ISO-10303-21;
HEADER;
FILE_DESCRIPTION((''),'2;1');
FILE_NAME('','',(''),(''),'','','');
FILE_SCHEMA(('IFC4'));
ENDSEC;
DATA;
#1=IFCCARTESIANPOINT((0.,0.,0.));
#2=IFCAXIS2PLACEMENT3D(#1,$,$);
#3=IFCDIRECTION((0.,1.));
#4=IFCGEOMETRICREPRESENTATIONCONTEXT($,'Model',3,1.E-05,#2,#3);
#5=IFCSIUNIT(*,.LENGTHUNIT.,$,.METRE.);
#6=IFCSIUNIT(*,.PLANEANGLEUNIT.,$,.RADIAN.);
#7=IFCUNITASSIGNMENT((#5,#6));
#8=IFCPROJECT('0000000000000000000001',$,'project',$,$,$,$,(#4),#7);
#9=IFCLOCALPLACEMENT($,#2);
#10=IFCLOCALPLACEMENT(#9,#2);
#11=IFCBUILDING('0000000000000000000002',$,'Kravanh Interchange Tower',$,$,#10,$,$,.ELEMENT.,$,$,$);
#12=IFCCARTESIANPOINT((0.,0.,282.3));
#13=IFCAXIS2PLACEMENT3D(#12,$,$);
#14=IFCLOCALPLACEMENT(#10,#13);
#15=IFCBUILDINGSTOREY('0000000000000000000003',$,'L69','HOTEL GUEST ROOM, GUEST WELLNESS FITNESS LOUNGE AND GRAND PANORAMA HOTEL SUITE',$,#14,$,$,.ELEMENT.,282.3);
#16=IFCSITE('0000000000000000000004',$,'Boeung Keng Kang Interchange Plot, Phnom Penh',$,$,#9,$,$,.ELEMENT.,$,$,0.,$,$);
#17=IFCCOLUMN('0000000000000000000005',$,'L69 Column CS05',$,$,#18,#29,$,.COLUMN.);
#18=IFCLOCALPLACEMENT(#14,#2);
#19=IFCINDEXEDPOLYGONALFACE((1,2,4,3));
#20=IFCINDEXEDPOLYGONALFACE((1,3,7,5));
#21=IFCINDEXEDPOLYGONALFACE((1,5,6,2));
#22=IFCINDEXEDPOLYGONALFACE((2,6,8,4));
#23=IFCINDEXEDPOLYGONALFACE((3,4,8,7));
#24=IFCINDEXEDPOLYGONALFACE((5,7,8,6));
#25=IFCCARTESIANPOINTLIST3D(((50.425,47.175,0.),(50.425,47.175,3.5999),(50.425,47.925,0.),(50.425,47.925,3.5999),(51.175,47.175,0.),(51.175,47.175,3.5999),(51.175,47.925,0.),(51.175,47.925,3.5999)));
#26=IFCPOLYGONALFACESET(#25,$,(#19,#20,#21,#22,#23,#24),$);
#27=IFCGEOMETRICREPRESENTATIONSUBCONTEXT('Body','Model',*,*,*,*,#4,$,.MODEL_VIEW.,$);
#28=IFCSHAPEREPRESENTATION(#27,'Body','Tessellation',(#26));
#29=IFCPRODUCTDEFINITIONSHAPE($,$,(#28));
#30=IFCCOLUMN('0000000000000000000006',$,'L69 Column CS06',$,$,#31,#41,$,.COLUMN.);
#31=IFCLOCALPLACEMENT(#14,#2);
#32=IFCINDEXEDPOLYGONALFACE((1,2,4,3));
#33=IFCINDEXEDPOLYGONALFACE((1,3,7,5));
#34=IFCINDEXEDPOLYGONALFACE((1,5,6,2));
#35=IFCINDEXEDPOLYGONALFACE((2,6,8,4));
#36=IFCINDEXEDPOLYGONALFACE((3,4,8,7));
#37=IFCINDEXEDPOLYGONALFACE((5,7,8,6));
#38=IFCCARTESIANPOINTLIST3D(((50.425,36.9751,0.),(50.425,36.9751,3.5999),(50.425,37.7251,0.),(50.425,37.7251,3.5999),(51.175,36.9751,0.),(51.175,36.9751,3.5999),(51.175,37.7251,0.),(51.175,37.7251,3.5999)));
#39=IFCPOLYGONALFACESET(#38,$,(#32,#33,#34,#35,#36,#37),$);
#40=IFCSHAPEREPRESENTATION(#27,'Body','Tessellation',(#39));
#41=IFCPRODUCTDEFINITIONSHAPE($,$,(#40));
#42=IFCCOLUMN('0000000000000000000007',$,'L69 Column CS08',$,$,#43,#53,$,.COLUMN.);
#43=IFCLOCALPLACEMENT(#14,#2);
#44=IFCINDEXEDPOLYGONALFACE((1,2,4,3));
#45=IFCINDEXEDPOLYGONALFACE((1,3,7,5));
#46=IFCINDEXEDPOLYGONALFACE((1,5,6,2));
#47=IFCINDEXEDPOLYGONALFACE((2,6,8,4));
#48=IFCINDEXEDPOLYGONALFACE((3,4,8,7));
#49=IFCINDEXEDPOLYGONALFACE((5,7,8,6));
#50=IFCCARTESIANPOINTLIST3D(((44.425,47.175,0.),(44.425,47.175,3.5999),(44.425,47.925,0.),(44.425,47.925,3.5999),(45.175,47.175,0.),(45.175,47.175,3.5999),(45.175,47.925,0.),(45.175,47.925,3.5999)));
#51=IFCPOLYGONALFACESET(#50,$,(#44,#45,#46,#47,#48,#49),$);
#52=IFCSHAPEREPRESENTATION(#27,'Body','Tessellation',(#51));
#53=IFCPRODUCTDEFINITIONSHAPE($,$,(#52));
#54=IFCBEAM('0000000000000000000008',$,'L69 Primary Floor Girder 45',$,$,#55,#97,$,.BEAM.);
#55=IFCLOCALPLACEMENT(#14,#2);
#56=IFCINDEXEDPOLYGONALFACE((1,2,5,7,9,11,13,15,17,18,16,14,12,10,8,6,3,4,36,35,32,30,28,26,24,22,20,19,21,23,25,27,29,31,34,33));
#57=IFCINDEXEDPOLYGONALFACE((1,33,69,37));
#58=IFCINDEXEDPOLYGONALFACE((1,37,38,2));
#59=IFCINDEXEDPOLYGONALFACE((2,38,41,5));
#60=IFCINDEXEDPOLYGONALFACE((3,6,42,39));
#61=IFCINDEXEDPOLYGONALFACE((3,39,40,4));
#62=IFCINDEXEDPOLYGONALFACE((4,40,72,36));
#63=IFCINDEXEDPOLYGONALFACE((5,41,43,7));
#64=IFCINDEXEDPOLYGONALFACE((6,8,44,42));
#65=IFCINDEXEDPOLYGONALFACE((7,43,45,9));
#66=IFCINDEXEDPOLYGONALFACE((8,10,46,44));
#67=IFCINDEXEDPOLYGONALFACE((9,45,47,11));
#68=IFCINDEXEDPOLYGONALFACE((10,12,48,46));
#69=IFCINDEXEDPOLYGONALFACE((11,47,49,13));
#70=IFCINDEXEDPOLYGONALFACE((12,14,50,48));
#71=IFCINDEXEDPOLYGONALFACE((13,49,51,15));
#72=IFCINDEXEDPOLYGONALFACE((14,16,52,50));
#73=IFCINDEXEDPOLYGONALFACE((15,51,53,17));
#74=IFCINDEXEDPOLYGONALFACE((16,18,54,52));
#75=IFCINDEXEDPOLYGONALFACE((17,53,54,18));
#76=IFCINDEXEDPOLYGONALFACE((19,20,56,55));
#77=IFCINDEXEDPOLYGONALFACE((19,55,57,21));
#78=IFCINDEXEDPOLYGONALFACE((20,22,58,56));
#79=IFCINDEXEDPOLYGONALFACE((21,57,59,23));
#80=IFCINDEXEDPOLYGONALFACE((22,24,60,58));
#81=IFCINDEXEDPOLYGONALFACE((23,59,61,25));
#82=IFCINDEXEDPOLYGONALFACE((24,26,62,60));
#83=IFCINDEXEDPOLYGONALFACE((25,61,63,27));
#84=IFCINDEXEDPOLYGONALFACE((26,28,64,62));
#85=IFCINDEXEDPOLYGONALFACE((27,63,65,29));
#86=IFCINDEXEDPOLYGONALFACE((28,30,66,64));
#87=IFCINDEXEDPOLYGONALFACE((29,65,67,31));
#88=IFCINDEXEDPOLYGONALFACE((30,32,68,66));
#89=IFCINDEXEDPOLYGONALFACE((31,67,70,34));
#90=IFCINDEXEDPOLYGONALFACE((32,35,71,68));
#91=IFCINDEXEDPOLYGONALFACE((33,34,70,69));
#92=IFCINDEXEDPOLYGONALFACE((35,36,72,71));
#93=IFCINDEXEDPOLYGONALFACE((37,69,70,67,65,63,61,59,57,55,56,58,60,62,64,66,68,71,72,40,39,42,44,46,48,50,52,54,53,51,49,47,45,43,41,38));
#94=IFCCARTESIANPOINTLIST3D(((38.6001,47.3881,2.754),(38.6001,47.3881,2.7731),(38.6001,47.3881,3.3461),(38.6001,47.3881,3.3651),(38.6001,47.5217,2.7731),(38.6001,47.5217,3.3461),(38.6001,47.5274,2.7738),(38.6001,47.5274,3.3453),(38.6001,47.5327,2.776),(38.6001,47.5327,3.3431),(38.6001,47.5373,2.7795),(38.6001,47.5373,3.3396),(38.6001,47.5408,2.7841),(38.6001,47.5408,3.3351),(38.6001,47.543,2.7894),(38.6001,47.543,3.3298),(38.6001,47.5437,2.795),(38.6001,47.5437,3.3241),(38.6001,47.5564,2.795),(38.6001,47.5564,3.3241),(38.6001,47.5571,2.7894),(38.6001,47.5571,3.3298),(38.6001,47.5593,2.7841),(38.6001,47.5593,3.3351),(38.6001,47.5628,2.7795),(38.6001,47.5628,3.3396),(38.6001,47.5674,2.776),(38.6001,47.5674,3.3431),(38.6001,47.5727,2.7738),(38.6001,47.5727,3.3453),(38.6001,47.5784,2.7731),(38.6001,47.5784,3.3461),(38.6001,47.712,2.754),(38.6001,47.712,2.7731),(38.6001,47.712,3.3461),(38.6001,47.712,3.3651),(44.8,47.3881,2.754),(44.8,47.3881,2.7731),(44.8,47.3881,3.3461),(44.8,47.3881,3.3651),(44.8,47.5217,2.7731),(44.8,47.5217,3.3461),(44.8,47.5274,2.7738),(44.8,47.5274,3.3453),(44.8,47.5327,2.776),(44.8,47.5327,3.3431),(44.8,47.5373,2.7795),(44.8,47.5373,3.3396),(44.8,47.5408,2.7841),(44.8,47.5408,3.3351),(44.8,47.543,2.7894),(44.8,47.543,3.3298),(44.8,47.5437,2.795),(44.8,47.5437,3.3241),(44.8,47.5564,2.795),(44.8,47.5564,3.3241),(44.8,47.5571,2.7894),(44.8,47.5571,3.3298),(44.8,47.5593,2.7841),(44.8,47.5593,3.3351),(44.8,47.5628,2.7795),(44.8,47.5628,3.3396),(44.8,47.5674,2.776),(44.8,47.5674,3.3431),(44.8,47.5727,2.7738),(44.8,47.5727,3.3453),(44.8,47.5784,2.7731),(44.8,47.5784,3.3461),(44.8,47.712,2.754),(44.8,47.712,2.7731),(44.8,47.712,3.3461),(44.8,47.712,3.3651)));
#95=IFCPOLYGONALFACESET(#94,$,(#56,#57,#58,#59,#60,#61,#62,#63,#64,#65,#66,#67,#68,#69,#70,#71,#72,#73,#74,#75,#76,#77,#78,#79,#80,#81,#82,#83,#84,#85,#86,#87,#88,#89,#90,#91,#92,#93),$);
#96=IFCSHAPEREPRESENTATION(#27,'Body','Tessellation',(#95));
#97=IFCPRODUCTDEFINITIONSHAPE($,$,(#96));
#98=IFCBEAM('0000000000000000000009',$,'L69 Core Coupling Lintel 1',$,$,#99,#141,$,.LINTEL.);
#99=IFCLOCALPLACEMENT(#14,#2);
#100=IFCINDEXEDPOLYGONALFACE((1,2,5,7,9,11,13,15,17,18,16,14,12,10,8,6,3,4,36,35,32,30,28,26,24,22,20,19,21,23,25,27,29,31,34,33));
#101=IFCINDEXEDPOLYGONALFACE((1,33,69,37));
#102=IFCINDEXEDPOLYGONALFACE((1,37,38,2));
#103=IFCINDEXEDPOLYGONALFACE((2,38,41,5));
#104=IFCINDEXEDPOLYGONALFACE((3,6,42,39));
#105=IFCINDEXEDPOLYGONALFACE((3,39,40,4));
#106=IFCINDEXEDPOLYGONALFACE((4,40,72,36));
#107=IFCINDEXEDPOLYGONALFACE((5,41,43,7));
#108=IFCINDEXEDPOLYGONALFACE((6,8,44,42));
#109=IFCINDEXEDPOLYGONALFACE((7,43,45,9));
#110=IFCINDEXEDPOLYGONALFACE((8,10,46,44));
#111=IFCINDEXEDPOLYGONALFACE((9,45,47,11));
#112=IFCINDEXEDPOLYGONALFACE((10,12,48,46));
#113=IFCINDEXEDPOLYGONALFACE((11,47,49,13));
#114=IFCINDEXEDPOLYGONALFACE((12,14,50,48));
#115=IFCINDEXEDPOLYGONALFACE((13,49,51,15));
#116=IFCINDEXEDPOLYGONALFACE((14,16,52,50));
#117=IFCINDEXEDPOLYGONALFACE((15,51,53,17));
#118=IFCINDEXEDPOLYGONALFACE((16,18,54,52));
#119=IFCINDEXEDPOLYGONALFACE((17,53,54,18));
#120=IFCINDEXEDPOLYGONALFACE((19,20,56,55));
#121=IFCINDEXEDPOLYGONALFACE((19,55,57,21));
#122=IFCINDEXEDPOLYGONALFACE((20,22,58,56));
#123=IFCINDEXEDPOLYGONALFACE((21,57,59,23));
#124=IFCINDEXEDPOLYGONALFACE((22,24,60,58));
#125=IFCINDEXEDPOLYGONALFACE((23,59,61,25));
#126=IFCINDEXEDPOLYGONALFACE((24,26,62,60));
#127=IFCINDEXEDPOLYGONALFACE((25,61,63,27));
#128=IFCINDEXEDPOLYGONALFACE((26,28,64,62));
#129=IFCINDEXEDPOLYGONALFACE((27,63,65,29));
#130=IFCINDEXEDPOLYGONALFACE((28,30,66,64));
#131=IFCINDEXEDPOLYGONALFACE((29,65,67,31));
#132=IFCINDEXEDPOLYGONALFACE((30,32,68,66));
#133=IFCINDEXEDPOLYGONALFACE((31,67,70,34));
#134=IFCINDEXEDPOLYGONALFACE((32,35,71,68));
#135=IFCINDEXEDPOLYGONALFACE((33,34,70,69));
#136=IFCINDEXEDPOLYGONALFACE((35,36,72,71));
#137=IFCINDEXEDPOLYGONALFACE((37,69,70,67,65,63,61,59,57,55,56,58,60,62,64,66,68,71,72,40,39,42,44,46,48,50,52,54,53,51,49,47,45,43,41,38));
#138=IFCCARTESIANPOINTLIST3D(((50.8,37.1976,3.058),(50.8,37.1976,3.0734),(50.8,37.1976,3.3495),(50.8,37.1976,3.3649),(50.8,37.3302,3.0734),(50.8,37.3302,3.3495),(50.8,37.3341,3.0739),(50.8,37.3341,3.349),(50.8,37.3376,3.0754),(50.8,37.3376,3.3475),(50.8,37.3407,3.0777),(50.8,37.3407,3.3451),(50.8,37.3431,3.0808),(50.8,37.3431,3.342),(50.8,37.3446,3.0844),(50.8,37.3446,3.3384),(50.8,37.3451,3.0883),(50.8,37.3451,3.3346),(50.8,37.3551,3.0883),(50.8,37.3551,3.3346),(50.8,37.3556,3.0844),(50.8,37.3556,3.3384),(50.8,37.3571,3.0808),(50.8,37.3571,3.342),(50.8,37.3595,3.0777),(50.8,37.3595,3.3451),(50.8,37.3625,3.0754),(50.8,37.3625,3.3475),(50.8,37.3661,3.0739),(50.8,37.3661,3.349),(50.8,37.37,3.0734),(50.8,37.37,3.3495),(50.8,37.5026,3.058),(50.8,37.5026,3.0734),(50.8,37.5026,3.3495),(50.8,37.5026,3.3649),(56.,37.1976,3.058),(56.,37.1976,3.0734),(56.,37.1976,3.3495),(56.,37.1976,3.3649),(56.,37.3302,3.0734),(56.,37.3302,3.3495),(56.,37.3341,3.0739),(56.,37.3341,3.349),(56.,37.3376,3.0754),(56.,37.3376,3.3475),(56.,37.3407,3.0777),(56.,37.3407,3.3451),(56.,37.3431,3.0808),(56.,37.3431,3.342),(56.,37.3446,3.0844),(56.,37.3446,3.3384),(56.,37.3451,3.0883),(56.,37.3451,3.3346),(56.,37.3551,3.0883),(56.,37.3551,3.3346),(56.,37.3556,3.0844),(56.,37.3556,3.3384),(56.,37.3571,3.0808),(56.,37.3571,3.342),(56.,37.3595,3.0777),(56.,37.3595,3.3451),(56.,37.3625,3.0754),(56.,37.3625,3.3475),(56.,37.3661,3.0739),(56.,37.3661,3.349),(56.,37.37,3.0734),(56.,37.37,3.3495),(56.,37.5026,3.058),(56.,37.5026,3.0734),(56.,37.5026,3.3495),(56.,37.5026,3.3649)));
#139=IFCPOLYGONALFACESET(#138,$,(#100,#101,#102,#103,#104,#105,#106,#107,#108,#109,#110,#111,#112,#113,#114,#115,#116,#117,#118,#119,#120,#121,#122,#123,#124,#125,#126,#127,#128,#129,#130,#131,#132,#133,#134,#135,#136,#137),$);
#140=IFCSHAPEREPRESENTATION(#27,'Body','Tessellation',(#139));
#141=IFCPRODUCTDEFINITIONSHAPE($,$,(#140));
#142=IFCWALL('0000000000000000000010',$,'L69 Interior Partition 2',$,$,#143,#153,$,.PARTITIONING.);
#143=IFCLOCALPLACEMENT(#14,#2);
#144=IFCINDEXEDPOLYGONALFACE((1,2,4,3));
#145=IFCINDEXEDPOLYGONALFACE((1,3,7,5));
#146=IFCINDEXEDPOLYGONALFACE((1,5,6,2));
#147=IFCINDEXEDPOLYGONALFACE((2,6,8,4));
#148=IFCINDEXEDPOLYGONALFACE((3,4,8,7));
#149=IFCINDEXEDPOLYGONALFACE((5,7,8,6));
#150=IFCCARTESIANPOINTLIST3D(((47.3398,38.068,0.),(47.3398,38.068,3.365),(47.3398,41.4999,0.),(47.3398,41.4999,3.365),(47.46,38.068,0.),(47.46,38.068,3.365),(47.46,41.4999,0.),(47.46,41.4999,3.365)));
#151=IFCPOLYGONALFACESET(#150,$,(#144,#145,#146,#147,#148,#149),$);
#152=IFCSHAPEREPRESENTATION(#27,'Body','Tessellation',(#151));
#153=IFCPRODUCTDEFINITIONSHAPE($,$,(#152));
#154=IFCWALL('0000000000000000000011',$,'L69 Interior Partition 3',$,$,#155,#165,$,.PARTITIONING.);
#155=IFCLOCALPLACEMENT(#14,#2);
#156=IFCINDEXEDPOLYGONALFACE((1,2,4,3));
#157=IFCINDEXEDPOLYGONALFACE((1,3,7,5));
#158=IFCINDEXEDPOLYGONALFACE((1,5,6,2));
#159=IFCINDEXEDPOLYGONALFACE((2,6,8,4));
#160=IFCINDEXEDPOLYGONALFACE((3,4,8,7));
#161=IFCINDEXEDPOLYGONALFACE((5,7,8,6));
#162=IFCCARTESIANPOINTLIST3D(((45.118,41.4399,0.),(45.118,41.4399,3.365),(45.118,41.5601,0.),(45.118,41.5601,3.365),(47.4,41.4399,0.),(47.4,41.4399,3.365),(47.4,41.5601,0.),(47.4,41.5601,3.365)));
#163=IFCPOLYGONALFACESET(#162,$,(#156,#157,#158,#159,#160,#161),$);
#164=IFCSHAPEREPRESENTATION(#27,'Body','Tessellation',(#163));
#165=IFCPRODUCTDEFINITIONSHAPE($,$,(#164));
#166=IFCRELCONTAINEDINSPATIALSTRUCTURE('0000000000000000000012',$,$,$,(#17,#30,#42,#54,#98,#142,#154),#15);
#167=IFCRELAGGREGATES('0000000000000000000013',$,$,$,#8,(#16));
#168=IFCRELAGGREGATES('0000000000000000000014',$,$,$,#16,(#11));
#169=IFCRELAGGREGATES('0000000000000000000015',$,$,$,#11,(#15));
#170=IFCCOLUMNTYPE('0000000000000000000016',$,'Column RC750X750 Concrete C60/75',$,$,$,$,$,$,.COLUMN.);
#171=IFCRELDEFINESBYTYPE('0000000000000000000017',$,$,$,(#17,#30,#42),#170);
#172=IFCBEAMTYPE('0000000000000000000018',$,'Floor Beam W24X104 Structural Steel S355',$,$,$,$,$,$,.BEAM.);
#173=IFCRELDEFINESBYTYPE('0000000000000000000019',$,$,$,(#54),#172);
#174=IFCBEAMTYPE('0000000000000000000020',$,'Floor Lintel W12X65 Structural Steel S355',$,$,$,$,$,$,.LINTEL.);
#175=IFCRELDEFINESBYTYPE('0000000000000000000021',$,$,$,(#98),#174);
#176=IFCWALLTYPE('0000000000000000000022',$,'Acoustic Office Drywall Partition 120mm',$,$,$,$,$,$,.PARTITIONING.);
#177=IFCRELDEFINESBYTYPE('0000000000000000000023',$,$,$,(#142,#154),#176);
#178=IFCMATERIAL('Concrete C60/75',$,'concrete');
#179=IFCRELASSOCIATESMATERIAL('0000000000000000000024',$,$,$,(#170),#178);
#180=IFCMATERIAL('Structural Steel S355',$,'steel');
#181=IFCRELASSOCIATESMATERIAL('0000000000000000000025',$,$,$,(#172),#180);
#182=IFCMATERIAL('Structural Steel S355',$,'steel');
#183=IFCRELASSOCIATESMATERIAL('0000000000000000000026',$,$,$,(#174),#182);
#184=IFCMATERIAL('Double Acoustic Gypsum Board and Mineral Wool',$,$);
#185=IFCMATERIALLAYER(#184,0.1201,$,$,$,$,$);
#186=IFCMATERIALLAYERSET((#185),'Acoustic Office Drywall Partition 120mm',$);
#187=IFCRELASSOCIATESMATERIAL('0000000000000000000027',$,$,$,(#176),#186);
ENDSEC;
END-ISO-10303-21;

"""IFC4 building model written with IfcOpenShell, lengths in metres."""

from ifc_helpers import new_model, si_unit, direction, frame, frame_2d, origin, origin_2d, place, context, subcontext, project, spatial, rectangle, i_section, extrude, material, layer, layer_set, material_profile, profile_set, type_object, element, save


model = new_model("IFC4")

# Units and contexts
model_context = context("Model", 3, precision=1e-05, world=origin(), true_north=direction((0.0, 1.0)))
body_context = subcontext(model_context, "Body", "Model", "MODEL_VIEW")
ifc_project = project(units=[si_unit("LENGTHUNIT", "METRE"), si_unit("PLANEANGLEUNIT", "RADIAN")], contexts=[model_context])

# Site, building, storey
site_placement = place(None, origin())
site = spatial("IfcSite", under=ifc_project, at=site_placement, Name="Boeung Keng Kang Interchange Plot, Phnom Penh", CompositionType="ELEMENT", RefElevation=0.0)
building_placement = place(site_placement, origin())
building = spatial("IfcBuilding", under=site, at=building_placement, Name="Kravanh Interchange Tower", CompositionType="ELEMENT")
storey_placement = place(building_placement, frame((0.0, 0.0, 282.3)))
storey = spatial("IfcBuildingStorey", under=building, at=storey_placement, Name="L69", Description="HOTEL GUEST ROOM, GUEST WELLNESS FITNESS LOUNGE AND GRAND PANORAMA HOTEL SUITE", CompositionType="ELEMENT", Elevation=282.3)

# Columns
ifc_material_1 = material(Name="Concrete C60/75", Category="concrete")
ifc_material_profile_1 = material_profile(ifc_material_1, rectangle(XDim=0.75, YDim=0.75, at=origin_2d()), Name="RC750X750")
ifc_profile_set_1 = profile_set([ifc_material_profile_1], Name="Concrete C60/75")
column_type = type_object("IfcColumnType", Name="Column RC750X750 Concrete C60/75", PredefinedType="COLUMN", material=ifc_profile_set_1)
for number, where, z_axis, x_axis, name in (
    (1, (50.8, 47.55, 0.0), (0.0, 0.0, 1.0), (1.0, 0.0, 0.0), "L69 Column CS05"),
    (2, (50.8, 37.3501, 0.0), (0.0, 0.0, 1.0), (1.0, 0.0, 0.0), "L69 Column CS06"),
    (3, (44.8, 47.55, 0.0), (0.0, 0.0, 1.0), (1.0, 0.0, 0.0), "L69 Column CS08"),
):
    element("IfcColumn", number, at=place(storey_placement, frame(where, z_axis=z_axis, x_axis=x_axis)), inside=storey, type_object=column_type, Name=name, PredefinedType="COLUMN", context=body_context, shape_type="SweptSolid", body=[
        extrude(rectangle(XDim=0.75, YDim=0.75, at=origin_2d()), origin(), (0.0, 0.0, 1.0), 3.5999),
    ])

# Beams
ifc_material_2 = material(Name="Structural Steel S355", Category="steel")
ifc_material_profile_2 = material_profile(ifc_material_2, i_section(OverallWidth=0.324, OverallDepth=0.6111, WebThickness=0.0127, FlangeThickness=0.019, FilletRadius=0.022, at=origin_2d()), Name="W24X104")
ifc_profile_set_2 = profile_set([ifc_material_profile_2], Name="Structural Steel S355")
beam_type_1 = type_object("IfcBeamType", Name="Floor Beam W24X104 Structural Steel S355", PredefinedType="BEAM", material=ifc_profile_set_2)
beam_1_placement = place(storey_placement, frame((44.8, 47.55, 3.0596), z_axis=(-1.0, 0.0, 0.0), x_axis=(0.0, -1.0, 0.0)))
element("IfcBeam", 4, at=beam_1_placement, inside=storey, type_object=beam_type_1, Name="L69 Primary Floor Girder 45", PredefinedType="BEAM", context=body_context, shape_type="SweptSolid", body=[
    extrude(i_section(OverallWidth=0.324, OverallDepth=0.6111, WebThickness=0.0127, FlangeThickness=0.019, FilletRadius=0.022, at=origin_2d()), origin(), (0.0, 0.0, 1.0), 6.2),
])
ifc_material_3 = material(Name="Structural Steel S355", Category="steel")
ifc_material_profile_3 = material_profile(ifc_material_3, i_section(OverallWidth=0.3049, OverallDepth=0.3069, WebThickness=0.01, FlangeThickness=0.0154, FilletRadius=0.0149, at=origin_2d()), Name="W12X65")
ifc_profile_set_3 = profile_set([ifc_material_profile_3], Name="Structural Steel S355")
beam_type_2 = type_object("IfcBeamType", Name="Floor Lintel W12X65 Structural Steel S355", PredefinedType="LINTEL", material=ifc_profile_set_3)
beam_2_placement = place(storey_placement, frame((50.8, 37.3501, 3.2114), z_axis=(1.0, 0.0, 0.0), x_axis=(0.0, 1.0, 0.0)))
element("IfcBeam", 5, at=beam_2_placement, inside=storey, type_object=beam_type_2, Name="L69 Core Coupling Lintel 1", PredefinedType="LINTEL", context=body_context, shape_type="SweptSolid", body=[
    extrude(i_section(OverallWidth=0.3049, OverallDepth=0.3069, WebThickness=0.01, FlangeThickness=0.0154, FilletRadius=0.0149, at=origin_2d()), origin(), (0.0, 0.0, 1.0), 5.2),
])

# Walls
ifc_material_4 = material(Name="Double Acoustic Gypsum Board and Mineral Wool")
ifc_layer_1 = layer(ifc_material_4, 0.1201)
ifc_layer_set_1 = layer_set([ifc_layer_1], Name="Acoustic Office Drywall Partition 120mm")
wall_type_1 = type_object("IfcWallType", Name="Acoustic Office Drywall Partition 120mm", PredefinedType="PARTITIONING", material=ifc_layer_set_1)
wall_1_placement = place(storey_placement, frame((47.3999, 38.0681, 0.0), z_axis=(0.0, 0.0, 1.0), x_axis=(0.0, 1.0, 0.0)))
element("IfcWall", 6, at=wall_1_placement, inside=storey, type_object=wall_type_1, Name="L69 Interior Partition 2", PredefinedType="PARTITIONING", context=body_context, shape_type="SweptSolid", body=[
    extrude(rectangle(XDim=3.4319, YDim=0.1201, at=frame_2d((1.7158, 0.0))), origin(), (0.0, 0.0, 1.0), 3.365),
])
wall_2_placement = place(storey_placement, frame((45.1179, 41.5, 0.0), z_axis=(0.0, 0.0, 1.0), x_axis=(1.0, 0.0, 0.0)))
element("IfcWall", 7, at=wall_2_placement, inside=storey, type_object=wall_type_1, Name="L69 Interior Partition 3", PredefinedType="PARTITIONING", context=body_context, shape_type="SweptSolid", body=[
    extrude(rectangle(XDim=2.282, YDim=0.1201, at=frame_2d((1.1411, 0.0))), origin(), (0.0, 0.0, 1.0), 3.365),
])

save(model, "model.ifc")
